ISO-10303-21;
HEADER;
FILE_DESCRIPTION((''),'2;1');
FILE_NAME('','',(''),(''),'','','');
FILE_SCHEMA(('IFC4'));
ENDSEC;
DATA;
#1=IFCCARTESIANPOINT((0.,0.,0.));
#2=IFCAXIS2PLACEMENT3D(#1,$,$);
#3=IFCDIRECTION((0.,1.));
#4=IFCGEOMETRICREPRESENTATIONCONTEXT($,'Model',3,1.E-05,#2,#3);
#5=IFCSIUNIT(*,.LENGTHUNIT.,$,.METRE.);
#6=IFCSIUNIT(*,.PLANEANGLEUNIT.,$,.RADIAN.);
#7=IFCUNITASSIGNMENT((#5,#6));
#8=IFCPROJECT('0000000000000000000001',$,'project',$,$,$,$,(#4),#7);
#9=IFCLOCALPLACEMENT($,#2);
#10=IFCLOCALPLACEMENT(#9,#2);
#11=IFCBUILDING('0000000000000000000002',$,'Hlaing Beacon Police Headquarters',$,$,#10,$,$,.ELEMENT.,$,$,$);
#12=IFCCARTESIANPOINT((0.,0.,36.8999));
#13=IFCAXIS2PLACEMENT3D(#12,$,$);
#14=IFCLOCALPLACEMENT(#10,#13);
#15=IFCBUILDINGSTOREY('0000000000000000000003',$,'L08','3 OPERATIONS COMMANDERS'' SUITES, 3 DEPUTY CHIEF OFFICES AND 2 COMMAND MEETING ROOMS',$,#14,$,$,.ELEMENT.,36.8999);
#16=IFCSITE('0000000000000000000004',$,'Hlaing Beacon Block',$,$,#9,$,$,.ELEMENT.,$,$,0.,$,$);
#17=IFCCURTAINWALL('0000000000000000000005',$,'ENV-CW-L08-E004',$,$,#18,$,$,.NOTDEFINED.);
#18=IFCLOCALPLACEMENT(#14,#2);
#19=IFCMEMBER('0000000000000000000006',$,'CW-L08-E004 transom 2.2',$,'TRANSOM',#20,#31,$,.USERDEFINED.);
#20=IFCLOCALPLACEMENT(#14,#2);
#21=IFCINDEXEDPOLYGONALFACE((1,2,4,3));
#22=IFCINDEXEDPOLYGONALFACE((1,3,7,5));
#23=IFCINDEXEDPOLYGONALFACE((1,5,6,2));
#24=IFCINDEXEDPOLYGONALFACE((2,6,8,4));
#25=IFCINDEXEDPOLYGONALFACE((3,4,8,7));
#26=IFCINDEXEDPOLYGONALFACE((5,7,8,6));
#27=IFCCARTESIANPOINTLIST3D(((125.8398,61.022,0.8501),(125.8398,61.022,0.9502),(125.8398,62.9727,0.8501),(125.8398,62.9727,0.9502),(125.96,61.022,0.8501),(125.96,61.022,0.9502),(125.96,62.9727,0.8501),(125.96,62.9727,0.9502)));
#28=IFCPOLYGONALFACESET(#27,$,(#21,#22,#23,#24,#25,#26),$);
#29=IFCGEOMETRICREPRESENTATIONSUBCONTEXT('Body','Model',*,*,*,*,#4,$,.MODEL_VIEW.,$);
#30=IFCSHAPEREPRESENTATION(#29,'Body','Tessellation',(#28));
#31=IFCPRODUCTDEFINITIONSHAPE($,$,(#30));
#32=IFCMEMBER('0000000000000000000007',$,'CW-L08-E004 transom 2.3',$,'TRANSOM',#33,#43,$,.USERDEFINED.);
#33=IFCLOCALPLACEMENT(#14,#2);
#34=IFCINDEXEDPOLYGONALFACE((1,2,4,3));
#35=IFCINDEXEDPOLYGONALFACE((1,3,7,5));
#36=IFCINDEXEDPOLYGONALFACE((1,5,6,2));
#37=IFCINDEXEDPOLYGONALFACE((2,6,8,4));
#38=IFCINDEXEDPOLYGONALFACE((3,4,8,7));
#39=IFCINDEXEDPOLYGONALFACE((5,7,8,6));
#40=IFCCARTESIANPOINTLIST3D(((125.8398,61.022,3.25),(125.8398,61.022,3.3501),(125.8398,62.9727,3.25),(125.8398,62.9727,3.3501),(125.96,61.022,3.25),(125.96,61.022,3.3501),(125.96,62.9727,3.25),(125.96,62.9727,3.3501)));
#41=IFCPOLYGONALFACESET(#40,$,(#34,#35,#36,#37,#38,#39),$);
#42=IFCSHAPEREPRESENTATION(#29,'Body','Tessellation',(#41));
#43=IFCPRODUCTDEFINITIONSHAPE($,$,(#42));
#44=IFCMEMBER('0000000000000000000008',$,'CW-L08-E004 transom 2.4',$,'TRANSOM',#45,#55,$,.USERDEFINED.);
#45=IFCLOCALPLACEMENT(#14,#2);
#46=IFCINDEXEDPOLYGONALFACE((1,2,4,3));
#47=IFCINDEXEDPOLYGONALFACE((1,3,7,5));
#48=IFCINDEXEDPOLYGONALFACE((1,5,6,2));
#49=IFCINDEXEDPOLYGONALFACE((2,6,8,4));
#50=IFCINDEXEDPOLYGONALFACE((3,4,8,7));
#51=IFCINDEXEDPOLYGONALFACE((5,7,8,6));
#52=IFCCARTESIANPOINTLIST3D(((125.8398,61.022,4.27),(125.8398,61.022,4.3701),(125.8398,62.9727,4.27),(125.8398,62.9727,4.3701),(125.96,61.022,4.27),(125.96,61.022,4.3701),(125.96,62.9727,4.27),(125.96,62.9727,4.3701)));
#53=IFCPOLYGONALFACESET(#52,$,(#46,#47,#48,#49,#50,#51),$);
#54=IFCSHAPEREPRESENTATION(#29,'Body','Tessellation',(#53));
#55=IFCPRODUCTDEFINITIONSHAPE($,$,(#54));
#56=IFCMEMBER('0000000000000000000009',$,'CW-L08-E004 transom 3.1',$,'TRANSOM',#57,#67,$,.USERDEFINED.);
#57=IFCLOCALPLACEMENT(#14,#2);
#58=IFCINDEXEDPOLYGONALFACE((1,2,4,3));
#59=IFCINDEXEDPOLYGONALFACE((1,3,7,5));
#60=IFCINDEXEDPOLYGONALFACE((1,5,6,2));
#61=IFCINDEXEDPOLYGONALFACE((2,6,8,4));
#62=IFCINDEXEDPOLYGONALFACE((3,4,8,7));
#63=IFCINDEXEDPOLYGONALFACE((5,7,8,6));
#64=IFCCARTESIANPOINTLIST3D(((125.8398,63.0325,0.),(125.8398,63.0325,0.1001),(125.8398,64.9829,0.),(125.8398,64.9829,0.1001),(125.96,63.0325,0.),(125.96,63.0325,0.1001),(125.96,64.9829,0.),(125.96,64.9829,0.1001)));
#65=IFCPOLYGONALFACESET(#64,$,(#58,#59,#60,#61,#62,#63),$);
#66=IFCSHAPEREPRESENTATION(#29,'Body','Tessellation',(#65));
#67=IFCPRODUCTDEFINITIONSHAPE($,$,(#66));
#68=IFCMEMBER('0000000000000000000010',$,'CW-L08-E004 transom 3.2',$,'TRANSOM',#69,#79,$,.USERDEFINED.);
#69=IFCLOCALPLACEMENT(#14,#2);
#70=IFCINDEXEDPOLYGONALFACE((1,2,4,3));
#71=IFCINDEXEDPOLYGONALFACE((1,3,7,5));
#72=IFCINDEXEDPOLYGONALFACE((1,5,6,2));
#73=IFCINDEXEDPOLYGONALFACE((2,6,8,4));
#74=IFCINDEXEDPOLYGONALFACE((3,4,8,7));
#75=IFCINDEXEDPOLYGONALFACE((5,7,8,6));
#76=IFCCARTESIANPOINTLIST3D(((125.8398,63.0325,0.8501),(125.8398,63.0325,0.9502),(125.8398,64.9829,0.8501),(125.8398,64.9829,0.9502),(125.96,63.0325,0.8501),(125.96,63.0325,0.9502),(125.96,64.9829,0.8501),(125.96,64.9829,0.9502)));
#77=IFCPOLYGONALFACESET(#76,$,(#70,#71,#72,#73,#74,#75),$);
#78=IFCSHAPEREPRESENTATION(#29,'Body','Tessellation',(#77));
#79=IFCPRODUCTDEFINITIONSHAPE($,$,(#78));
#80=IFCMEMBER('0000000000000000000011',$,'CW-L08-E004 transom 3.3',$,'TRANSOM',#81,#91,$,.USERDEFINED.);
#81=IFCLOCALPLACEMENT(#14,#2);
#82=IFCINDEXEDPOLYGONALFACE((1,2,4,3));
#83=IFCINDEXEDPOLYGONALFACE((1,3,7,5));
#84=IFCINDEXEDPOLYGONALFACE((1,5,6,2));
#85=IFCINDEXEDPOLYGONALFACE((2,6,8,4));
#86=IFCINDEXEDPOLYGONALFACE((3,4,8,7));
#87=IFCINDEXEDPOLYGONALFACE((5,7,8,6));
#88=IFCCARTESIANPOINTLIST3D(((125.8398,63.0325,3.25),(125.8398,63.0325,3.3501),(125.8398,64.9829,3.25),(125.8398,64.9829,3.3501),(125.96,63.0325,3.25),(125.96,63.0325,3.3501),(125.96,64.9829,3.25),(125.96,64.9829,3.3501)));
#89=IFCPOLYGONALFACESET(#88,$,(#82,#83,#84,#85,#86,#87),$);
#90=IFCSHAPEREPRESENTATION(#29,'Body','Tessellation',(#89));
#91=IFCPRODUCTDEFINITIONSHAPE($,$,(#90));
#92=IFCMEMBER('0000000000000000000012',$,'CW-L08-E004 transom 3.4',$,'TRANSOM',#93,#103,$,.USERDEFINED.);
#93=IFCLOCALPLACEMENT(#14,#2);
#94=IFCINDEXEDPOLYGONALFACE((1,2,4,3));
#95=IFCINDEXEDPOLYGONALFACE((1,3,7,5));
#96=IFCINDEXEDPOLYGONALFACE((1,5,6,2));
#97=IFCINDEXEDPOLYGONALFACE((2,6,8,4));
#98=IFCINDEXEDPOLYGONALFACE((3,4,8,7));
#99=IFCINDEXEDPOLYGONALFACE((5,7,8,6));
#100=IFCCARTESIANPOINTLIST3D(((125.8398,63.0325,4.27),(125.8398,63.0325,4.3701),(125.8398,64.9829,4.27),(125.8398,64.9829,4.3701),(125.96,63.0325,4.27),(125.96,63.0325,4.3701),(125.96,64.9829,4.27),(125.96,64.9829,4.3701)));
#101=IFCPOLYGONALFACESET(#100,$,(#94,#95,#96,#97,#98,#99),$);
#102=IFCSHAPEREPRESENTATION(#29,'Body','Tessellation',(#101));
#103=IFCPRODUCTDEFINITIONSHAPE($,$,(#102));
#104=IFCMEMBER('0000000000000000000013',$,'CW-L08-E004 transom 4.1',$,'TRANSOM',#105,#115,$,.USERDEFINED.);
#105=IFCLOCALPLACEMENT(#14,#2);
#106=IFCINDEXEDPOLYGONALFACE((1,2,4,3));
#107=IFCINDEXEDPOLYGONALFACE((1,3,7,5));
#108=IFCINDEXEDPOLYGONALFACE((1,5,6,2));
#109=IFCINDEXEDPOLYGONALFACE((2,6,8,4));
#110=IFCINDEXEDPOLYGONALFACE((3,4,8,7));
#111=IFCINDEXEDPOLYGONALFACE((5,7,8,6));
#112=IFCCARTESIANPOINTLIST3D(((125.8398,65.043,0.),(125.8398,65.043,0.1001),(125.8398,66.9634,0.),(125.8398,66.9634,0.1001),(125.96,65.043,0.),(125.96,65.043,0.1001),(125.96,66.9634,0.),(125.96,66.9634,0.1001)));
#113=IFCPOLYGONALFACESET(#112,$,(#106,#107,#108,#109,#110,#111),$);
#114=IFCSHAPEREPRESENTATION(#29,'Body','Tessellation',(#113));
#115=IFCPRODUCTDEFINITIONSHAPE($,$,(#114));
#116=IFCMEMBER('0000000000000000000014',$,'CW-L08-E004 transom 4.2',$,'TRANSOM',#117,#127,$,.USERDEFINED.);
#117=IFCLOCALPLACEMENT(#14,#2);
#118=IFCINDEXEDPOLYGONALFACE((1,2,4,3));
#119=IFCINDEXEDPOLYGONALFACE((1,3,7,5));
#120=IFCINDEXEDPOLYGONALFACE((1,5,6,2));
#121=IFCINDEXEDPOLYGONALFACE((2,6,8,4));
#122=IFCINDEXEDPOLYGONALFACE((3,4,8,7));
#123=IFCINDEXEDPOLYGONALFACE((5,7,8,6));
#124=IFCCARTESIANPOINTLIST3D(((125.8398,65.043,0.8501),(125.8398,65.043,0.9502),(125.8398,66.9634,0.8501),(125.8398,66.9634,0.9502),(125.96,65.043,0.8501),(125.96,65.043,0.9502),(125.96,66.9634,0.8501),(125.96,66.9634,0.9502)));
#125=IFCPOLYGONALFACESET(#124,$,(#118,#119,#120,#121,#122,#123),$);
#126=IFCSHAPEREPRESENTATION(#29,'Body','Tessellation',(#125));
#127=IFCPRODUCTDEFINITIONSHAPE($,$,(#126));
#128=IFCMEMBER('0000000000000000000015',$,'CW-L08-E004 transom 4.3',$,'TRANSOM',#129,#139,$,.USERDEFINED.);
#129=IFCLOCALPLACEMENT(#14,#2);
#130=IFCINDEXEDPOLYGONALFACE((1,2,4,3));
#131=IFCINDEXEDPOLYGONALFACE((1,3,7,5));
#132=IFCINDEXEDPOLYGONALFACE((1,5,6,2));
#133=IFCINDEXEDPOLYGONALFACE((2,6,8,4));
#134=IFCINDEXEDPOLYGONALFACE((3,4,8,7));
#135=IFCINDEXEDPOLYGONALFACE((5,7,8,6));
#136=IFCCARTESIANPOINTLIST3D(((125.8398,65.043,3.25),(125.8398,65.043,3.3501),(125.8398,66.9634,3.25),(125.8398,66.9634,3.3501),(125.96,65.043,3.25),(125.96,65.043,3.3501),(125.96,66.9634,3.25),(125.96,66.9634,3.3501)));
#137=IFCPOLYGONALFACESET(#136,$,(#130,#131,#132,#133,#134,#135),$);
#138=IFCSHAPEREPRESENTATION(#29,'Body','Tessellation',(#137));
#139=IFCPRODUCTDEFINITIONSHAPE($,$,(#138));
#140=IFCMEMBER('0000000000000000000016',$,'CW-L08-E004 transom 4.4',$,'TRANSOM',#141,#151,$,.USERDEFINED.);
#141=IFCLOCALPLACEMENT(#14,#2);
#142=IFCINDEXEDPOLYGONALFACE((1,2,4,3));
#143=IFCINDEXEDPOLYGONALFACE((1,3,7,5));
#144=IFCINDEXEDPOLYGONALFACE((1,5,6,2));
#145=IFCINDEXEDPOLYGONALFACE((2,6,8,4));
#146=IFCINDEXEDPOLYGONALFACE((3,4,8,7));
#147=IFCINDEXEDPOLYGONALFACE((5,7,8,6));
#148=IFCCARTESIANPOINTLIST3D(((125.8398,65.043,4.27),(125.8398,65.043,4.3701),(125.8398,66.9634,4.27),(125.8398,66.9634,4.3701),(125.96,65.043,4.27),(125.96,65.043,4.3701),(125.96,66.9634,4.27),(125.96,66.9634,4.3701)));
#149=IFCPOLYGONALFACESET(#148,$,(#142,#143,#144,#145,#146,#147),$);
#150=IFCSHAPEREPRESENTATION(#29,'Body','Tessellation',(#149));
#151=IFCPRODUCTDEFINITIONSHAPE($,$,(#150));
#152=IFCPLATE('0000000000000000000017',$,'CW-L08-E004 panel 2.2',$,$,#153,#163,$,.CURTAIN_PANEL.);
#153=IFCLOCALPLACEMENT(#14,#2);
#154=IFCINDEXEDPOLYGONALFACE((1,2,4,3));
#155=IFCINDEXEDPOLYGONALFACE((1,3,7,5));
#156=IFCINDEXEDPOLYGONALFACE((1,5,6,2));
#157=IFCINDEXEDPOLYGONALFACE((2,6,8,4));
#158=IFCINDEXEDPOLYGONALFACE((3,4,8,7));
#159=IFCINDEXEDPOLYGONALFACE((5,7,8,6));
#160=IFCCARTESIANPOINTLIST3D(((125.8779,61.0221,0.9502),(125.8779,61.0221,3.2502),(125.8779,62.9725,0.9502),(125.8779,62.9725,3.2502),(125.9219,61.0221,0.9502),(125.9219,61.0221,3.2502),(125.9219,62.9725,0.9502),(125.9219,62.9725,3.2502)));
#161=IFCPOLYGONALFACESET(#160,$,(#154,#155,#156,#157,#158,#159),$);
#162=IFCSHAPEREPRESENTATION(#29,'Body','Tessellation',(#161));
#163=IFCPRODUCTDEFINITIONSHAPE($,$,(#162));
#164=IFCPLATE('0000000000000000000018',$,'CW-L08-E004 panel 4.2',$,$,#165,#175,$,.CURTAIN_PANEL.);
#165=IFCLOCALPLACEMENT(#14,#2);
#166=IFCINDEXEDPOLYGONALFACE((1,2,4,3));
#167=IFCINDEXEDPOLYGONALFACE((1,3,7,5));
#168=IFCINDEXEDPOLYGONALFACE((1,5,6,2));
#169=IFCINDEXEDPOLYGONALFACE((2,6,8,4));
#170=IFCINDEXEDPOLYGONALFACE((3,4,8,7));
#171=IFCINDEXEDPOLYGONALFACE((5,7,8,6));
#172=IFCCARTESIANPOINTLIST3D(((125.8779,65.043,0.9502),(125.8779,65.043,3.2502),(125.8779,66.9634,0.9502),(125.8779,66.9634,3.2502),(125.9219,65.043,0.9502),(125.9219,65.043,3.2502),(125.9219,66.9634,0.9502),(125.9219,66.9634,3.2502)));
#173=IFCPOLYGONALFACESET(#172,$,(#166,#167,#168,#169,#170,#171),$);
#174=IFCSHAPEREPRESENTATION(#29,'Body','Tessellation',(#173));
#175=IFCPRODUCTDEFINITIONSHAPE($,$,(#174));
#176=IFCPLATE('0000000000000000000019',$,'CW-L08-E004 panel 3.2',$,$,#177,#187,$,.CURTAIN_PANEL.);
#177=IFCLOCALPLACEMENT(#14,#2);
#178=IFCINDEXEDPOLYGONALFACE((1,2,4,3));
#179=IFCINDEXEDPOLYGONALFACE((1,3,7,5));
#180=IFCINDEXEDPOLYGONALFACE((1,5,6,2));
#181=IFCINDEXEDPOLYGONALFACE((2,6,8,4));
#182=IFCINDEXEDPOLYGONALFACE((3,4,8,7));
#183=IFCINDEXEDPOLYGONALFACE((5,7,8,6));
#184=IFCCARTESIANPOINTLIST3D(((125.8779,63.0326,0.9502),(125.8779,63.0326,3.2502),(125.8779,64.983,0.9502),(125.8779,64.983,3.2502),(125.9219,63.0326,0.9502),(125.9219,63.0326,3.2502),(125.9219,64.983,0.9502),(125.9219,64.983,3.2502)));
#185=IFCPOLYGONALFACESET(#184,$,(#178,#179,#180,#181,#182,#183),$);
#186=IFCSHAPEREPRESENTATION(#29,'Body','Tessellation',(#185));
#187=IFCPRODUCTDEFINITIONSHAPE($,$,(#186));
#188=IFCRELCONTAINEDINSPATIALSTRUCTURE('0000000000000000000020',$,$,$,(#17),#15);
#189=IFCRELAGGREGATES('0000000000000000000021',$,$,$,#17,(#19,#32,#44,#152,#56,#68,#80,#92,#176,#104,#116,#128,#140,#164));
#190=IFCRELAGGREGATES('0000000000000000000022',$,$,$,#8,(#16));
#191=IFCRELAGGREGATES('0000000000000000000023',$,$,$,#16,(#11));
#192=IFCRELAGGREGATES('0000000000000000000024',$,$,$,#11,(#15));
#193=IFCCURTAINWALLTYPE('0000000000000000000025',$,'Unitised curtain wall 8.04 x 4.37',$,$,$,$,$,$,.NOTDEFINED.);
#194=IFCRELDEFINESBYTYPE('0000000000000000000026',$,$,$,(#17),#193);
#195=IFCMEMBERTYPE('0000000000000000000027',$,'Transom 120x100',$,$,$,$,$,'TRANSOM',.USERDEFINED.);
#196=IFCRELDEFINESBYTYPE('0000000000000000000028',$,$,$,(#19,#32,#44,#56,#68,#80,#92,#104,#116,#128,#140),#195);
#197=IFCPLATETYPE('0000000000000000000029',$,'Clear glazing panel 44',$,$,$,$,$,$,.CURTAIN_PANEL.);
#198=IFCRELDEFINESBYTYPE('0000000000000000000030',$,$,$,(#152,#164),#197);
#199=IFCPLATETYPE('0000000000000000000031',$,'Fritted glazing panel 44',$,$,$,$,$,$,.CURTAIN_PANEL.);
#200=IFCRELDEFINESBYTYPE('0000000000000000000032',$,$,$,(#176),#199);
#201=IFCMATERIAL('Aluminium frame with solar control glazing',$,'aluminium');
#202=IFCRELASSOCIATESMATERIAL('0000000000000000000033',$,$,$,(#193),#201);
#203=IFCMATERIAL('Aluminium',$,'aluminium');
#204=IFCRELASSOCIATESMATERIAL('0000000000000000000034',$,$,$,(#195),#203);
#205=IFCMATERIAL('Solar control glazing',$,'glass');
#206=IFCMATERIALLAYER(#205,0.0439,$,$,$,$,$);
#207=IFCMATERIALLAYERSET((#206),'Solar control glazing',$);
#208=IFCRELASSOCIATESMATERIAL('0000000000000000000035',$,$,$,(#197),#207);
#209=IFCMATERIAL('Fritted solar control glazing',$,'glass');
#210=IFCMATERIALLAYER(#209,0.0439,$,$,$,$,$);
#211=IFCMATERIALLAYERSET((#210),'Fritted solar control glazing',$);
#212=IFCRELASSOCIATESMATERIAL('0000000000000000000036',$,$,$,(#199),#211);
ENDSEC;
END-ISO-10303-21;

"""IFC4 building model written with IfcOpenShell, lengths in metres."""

from ifc_helpers import new_model, si_unit, direction, frame, origin, origin_2d, place, context, subcontext, project, spatial, rectangle, extrude, material, layer, layer_set, material_profile, profile_set, type_object, element, aggregate, save


model = new_model("IFC4")

# Units and contexts
model_context = context("Model", 3, precision=1e-05, world=origin(), true_north=direction((0.0, 1.0)))
body_context = subcontext(model_context, "Body", "Model", "MODEL_VIEW")
ifc_project = project(units=[si_unit("LENGTHUNIT", "METRE"), si_unit("PLANEANGLEUNIT", "RADIAN")], contexts=[model_context])

# Site, building, storey
site_placement = place(None, origin())
site = spatial("IfcSite", under=ifc_project, at=site_placement, Name="Hlaing Beacon Block", CompositionType="ELEMENT", RefElevation=0.0)
building_placement = place(site_placement, origin())
building = spatial("IfcBuilding", under=site, at=building_placement, Name="Hlaing Beacon Police Headquarters", CompositionType="ELEMENT")
storey_placement = place(building_placement, frame((0.0, 0.0, 36.8999)))
storey = spatial("IfcBuildingStorey", under=building, at=storey_placement, Name="L08", Description="3 OPERATIONS COMMANDERS' SUITES, 3 DEPUTY CHIEF OFFICES AND 2 COMMAND MEETING ROOMS", CompositionType="ELEMENT", Elevation=36.8999)

# Curtain wall, members, plates
ifc_material_1 = material(Name="Aluminium frame with solar control glazing", Category="aluminium")
curtain_wall_type = type_object("IfcCurtainWallType", Name="Unitised curtain wall 8.04 x 4.37", PredefinedType="NOTDEFINED", material=ifc_material_1)
curtain_wall_placement = place(storey_placement, origin())
curtain_wall = element("IfcCurtainWall", 1, at=curtain_wall_placement, inside=storey, type_object=curtain_wall_type, Name="ENV-CW-L08-E004", PredefinedType="NOTDEFINED")
ifc_material_2 = material(Name="Aluminium", Category="aluminium")
ifc_material_profile_1 = material_profile(ifc_material_2, rectangle(XDim=0.1201, YDim=0.1001, at=origin_2d()), Name="Transom 120x100")
ifc_profile_set_1 = profile_set([ifc_material_profile_1], Name="Aluminium")
member_type_1 = type_object("IfcMemberType", Name="Transom 120x100", ElementType="TRANSOM", PredefinedType="USERDEFINED", material=ifc_profile_set_1)
member_1_placement = place(storey_placement, frame((125.8999, 61.022, 0.9001), z_axis=(0.0, 1.0, 0.0), x_axis=(-1.0, 0.0, 0.0)))
member_1 = element("IfcMember", 2, at=member_1_placement, type_object=member_type_1, Name="CW-L08-E004 transom 2.2", ObjectType="TRANSOM", PredefinedType="USERDEFINED", context=body_context, shape_type="SweptSolid", body=[
    extrude(rectangle(XDim=0.1201, YDim=0.1001, at=origin_2d()), origin(), (0.0, 0.0, 1.0), 1.9507),
])
member_2_placement = place(storey_placement, frame((125.8999, 61.022, 3.3), z_axis=(0.0, 1.0, 0.0), x_axis=(-1.0, 0.0, 0.0)))
member_2 = element("IfcMember", 3, at=member_2_placement, type_object=member_type_1, Name="CW-L08-E004 transom 2.3", ObjectType="TRANSOM", PredefinedType="USERDEFINED", context=body_context, shape_type="SweptSolid", body=[
    extrude(rectangle(XDim=0.1201, YDim=0.1001, at=origin_2d()), origin(), (0.0, 0.0, 1.0), 1.9507),
])
member_3_placement = place(storey_placement, frame((125.8999, 61.022, 4.3201), z_axis=(0.0, 1.0, 0.0), x_axis=(-1.0, 0.0, 0.0)))
member_3 = element("IfcMember", 4, at=member_3_placement, type_object=member_type_1, Name="CW-L08-E004 transom 2.4", ObjectType="TRANSOM", PredefinedType="USERDEFINED", context=body_context, shape_type="SweptSolid", body=[
    extrude(rectangle(XDim=0.1201, YDim=0.1001, at=origin_2d()), origin(), (0.0, 0.0, 1.0), 1.9507),
])
member_4_placement = place(storey_placement, frame((125.8999, 63.0325, 0.05), z_axis=(0.0, 1.0, 0.0), x_axis=(-1.0, 0.0, 0.0)))
member_4 = element("IfcMember", 5, at=member_4_placement, type_object=member_type_1, Name="CW-L08-E004 transom 3.1", ObjectType="TRANSOM", PredefinedType="USERDEFINED", context=body_context, shape_type="SweptSolid", body=[
    extrude(rectangle(XDim=0.1201, YDim=0.1001, at=origin_2d()), origin(), (0.0, 0.0, 1.0), 1.9504),
])
member_5_placement = place(storey_placement, frame((125.8999, 63.0325, 0.9001), z_axis=(0.0, 1.0, 0.0), x_axis=(-1.0, 0.0, 0.0)))
member_5 = element("IfcMember", 6, at=member_5_placement, type_object=member_type_1, Name="CW-L08-E004 transom 3.2", ObjectType="TRANSOM", PredefinedType="USERDEFINED", context=body_context, shape_type="SweptSolid", body=[
    extrude(rectangle(XDim=0.1201, YDim=0.1001, at=origin_2d()), origin(), (0.0, 0.0, 1.0), 1.9504),
])
member_6_placement = place(storey_placement, frame((125.8999, 63.0325, 3.3), z_axis=(0.0, 1.0, 0.0), x_axis=(-1.0, 0.0, 0.0)))
member_6 = element("IfcMember", 7, at=member_6_placement, type_object=member_type_1, Name="CW-L08-E004 transom 3.3", ObjectType="TRANSOM", PredefinedType="USERDEFINED", context=body_context, shape_type="SweptSolid", body=[
    extrude(rectangle(XDim=0.1201, YDim=0.1001, at=origin_2d()), origin(), (0.0, 0.0, 1.0), 1.9504),
])
member_7_placement = place(storey_placement, frame((125.8999, 63.0325, 4.3201), z_axis=(0.0, 1.0, 0.0), x_axis=(-1.0, 0.0, 0.0)))
member_7 = element("IfcMember", 8, at=member_7_placement, type_object=member_type_1, Name="CW-L08-E004 transom 3.4", ObjectType="TRANSOM", PredefinedType="USERDEFINED", context=body_context, shape_type="SweptSolid", body=[
    extrude(rectangle(XDim=0.1201, YDim=0.1001, at=origin_2d()), origin(), (0.0, 0.0, 1.0), 1.9504),
])
member_8_placement = place(storey_placement, frame((125.8999, 65.043, 0.05), z_axis=(0.0, 1.0, 0.0), x_axis=(-1.0, 0.0, 0.0)))
member_8 = element("IfcMember", 9, at=member_8_placement, type_object=member_type_1, Name="CW-L08-E004 transom 4.1", ObjectType="TRANSOM", PredefinedType="USERDEFINED", context=body_context, shape_type="SweptSolid", body=[
    extrude(rectangle(XDim=0.1201, YDim=0.1001, at=origin_2d()), origin(), (0.0, 0.0, 1.0), 1.9204),
])
member_9_placement = place(storey_placement, frame((125.8999, 65.043, 0.9001), z_axis=(0.0, 1.0, 0.0), x_axis=(-1.0, 0.0, 0.0)))
member_9 = element("IfcMember", 10, at=member_9_placement, type_object=member_type_1, Name="CW-L08-E004 transom 4.2", ObjectType="TRANSOM", PredefinedType="USERDEFINED", context=body_context, shape_type="SweptSolid", body=[
    extrude(rectangle(XDim=0.1201, YDim=0.1001, at=origin_2d()), origin(), (0.0, 0.0, 1.0), 1.9204),
])
member_10_placement = place(storey_placement, frame((125.8999, 65.043, 3.3), z_axis=(0.0, 1.0, 0.0), x_axis=(-1.0, 0.0, 0.0)))
member_10 = element("IfcMember", 11, at=member_10_placement, type_object=member_type_1, Name="CW-L08-E004 transom 4.3", ObjectType="TRANSOM", PredefinedType="USERDEFINED", context=body_context, shape_type="SweptSolid", body=[
    extrude(rectangle(XDim=0.1201, YDim=0.1001, at=origin_2d()), origin(), (0.0, 0.0, 1.0), 1.9204),
])
member_11_placement = place(storey_placement, frame((125.8999, 65.043, 4.3201), z_axis=(0.0, 1.0, 0.0), x_axis=(-1.0, 0.0, 0.0)))
member_11 = element("IfcMember", 12, at=member_11_placement, type_object=member_type_1, Name="CW-L08-E004 transom 4.4", ObjectType="TRANSOM", PredefinedType="USERDEFINED", context=body_context, shape_type="SweptSolid", body=[
    extrude(rectangle(XDim=0.1201, YDim=0.1001, at=origin_2d()), origin(), (0.0, 0.0, 1.0), 1.9204),
])
ifc_material_3 = material(Name="Solar control glazing", Category="glass")
ifc_layer_1 = layer(ifc_material_3, 0.0439)
ifc_layer_set_1 = layer_set([ifc_layer_1], Name="Solar control glazing")
plate_type_1 = type_object("IfcPlateType", Name="Clear glazing panel 44", PredefinedType="CURTAIN_PANEL", material=ifc_layer_set_1)
plate_1_placement = place(storey_placement, frame((125.8999, 61.9973, 0.9502), z_axis=(0.0, 0.0, 1.0), x_axis=(0.0, 1.0, 0.0)))
plate_1 = element("IfcPlate", 13, at=plate_1_placement, type_object=plate_type_1, Name="CW-L08-E004 panel 2.2", PredefinedType="CURTAIN_PANEL", context=body_context, shape_type="SweptSolid", body=[
    extrude(rectangle(XDim=1.9504, YDim=0.0439, at=origin_2d()), origin(), (0.0, 0.0, 1.0), 2.3),
])
plate_2_placement = place(storey_placement, frame((125.8999, 66.0032, 0.9502), z_axis=(0.0, 0.0, 1.0), x_axis=(0.0, 1.0, 0.0)))
plate_2 = element("IfcPlate", 14, at=plate_2_placement, type_object=plate_type_1, Name="CW-L08-E004 panel 4.2", PredefinedType="CURTAIN_PANEL", context=body_context, shape_type="SweptSolid", body=[
    extrude(rectangle(XDim=1.9204, YDim=0.0439, at=origin_2d()), origin(), (0.0, 0.0, 1.0), 2.3),
])
ifc_material_4 = material(Name="Fritted solar control glazing", Category="glass")
ifc_layer_2 = layer(ifc_material_4, 0.0439)
ifc_layer_set_2 = layer_set([ifc_layer_2], Name="Fritted solar control glazing")
plate_type_2 = type_object("IfcPlateType", Name="Fritted glazing panel 44", PredefinedType="CURTAIN_PANEL", material=ifc_layer_set_2)
plate_3_placement = place(storey_placement, frame((125.8999, 64.0078, 0.9502), z_axis=(0.0, 0.0, 1.0), x_axis=(0.0, 1.0, 0.0)))
plate_3 = element("IfcPlate", 15, at=plate_3_placement, type_object=plate_type_2, Name="CW-L08-E004 panel 3.2", PredefinedType="CURTAIN_PANEL", context=body_context, shape_type="SweptSolid", body=[
    extrude(rectangle(XDim=1.9504, YDim=0.0439, at=origin_2d()), origin(), (0.0, 0.0, 1.0), 2.3),
])
aggregate(curtain_wall, [member_1, member_2, member_3, plate_1, member_4, member_5, member_6, member_7, plate_3, member_8, member_9, member_10, member_11, plate_2])

save(model, "model.ifc")
